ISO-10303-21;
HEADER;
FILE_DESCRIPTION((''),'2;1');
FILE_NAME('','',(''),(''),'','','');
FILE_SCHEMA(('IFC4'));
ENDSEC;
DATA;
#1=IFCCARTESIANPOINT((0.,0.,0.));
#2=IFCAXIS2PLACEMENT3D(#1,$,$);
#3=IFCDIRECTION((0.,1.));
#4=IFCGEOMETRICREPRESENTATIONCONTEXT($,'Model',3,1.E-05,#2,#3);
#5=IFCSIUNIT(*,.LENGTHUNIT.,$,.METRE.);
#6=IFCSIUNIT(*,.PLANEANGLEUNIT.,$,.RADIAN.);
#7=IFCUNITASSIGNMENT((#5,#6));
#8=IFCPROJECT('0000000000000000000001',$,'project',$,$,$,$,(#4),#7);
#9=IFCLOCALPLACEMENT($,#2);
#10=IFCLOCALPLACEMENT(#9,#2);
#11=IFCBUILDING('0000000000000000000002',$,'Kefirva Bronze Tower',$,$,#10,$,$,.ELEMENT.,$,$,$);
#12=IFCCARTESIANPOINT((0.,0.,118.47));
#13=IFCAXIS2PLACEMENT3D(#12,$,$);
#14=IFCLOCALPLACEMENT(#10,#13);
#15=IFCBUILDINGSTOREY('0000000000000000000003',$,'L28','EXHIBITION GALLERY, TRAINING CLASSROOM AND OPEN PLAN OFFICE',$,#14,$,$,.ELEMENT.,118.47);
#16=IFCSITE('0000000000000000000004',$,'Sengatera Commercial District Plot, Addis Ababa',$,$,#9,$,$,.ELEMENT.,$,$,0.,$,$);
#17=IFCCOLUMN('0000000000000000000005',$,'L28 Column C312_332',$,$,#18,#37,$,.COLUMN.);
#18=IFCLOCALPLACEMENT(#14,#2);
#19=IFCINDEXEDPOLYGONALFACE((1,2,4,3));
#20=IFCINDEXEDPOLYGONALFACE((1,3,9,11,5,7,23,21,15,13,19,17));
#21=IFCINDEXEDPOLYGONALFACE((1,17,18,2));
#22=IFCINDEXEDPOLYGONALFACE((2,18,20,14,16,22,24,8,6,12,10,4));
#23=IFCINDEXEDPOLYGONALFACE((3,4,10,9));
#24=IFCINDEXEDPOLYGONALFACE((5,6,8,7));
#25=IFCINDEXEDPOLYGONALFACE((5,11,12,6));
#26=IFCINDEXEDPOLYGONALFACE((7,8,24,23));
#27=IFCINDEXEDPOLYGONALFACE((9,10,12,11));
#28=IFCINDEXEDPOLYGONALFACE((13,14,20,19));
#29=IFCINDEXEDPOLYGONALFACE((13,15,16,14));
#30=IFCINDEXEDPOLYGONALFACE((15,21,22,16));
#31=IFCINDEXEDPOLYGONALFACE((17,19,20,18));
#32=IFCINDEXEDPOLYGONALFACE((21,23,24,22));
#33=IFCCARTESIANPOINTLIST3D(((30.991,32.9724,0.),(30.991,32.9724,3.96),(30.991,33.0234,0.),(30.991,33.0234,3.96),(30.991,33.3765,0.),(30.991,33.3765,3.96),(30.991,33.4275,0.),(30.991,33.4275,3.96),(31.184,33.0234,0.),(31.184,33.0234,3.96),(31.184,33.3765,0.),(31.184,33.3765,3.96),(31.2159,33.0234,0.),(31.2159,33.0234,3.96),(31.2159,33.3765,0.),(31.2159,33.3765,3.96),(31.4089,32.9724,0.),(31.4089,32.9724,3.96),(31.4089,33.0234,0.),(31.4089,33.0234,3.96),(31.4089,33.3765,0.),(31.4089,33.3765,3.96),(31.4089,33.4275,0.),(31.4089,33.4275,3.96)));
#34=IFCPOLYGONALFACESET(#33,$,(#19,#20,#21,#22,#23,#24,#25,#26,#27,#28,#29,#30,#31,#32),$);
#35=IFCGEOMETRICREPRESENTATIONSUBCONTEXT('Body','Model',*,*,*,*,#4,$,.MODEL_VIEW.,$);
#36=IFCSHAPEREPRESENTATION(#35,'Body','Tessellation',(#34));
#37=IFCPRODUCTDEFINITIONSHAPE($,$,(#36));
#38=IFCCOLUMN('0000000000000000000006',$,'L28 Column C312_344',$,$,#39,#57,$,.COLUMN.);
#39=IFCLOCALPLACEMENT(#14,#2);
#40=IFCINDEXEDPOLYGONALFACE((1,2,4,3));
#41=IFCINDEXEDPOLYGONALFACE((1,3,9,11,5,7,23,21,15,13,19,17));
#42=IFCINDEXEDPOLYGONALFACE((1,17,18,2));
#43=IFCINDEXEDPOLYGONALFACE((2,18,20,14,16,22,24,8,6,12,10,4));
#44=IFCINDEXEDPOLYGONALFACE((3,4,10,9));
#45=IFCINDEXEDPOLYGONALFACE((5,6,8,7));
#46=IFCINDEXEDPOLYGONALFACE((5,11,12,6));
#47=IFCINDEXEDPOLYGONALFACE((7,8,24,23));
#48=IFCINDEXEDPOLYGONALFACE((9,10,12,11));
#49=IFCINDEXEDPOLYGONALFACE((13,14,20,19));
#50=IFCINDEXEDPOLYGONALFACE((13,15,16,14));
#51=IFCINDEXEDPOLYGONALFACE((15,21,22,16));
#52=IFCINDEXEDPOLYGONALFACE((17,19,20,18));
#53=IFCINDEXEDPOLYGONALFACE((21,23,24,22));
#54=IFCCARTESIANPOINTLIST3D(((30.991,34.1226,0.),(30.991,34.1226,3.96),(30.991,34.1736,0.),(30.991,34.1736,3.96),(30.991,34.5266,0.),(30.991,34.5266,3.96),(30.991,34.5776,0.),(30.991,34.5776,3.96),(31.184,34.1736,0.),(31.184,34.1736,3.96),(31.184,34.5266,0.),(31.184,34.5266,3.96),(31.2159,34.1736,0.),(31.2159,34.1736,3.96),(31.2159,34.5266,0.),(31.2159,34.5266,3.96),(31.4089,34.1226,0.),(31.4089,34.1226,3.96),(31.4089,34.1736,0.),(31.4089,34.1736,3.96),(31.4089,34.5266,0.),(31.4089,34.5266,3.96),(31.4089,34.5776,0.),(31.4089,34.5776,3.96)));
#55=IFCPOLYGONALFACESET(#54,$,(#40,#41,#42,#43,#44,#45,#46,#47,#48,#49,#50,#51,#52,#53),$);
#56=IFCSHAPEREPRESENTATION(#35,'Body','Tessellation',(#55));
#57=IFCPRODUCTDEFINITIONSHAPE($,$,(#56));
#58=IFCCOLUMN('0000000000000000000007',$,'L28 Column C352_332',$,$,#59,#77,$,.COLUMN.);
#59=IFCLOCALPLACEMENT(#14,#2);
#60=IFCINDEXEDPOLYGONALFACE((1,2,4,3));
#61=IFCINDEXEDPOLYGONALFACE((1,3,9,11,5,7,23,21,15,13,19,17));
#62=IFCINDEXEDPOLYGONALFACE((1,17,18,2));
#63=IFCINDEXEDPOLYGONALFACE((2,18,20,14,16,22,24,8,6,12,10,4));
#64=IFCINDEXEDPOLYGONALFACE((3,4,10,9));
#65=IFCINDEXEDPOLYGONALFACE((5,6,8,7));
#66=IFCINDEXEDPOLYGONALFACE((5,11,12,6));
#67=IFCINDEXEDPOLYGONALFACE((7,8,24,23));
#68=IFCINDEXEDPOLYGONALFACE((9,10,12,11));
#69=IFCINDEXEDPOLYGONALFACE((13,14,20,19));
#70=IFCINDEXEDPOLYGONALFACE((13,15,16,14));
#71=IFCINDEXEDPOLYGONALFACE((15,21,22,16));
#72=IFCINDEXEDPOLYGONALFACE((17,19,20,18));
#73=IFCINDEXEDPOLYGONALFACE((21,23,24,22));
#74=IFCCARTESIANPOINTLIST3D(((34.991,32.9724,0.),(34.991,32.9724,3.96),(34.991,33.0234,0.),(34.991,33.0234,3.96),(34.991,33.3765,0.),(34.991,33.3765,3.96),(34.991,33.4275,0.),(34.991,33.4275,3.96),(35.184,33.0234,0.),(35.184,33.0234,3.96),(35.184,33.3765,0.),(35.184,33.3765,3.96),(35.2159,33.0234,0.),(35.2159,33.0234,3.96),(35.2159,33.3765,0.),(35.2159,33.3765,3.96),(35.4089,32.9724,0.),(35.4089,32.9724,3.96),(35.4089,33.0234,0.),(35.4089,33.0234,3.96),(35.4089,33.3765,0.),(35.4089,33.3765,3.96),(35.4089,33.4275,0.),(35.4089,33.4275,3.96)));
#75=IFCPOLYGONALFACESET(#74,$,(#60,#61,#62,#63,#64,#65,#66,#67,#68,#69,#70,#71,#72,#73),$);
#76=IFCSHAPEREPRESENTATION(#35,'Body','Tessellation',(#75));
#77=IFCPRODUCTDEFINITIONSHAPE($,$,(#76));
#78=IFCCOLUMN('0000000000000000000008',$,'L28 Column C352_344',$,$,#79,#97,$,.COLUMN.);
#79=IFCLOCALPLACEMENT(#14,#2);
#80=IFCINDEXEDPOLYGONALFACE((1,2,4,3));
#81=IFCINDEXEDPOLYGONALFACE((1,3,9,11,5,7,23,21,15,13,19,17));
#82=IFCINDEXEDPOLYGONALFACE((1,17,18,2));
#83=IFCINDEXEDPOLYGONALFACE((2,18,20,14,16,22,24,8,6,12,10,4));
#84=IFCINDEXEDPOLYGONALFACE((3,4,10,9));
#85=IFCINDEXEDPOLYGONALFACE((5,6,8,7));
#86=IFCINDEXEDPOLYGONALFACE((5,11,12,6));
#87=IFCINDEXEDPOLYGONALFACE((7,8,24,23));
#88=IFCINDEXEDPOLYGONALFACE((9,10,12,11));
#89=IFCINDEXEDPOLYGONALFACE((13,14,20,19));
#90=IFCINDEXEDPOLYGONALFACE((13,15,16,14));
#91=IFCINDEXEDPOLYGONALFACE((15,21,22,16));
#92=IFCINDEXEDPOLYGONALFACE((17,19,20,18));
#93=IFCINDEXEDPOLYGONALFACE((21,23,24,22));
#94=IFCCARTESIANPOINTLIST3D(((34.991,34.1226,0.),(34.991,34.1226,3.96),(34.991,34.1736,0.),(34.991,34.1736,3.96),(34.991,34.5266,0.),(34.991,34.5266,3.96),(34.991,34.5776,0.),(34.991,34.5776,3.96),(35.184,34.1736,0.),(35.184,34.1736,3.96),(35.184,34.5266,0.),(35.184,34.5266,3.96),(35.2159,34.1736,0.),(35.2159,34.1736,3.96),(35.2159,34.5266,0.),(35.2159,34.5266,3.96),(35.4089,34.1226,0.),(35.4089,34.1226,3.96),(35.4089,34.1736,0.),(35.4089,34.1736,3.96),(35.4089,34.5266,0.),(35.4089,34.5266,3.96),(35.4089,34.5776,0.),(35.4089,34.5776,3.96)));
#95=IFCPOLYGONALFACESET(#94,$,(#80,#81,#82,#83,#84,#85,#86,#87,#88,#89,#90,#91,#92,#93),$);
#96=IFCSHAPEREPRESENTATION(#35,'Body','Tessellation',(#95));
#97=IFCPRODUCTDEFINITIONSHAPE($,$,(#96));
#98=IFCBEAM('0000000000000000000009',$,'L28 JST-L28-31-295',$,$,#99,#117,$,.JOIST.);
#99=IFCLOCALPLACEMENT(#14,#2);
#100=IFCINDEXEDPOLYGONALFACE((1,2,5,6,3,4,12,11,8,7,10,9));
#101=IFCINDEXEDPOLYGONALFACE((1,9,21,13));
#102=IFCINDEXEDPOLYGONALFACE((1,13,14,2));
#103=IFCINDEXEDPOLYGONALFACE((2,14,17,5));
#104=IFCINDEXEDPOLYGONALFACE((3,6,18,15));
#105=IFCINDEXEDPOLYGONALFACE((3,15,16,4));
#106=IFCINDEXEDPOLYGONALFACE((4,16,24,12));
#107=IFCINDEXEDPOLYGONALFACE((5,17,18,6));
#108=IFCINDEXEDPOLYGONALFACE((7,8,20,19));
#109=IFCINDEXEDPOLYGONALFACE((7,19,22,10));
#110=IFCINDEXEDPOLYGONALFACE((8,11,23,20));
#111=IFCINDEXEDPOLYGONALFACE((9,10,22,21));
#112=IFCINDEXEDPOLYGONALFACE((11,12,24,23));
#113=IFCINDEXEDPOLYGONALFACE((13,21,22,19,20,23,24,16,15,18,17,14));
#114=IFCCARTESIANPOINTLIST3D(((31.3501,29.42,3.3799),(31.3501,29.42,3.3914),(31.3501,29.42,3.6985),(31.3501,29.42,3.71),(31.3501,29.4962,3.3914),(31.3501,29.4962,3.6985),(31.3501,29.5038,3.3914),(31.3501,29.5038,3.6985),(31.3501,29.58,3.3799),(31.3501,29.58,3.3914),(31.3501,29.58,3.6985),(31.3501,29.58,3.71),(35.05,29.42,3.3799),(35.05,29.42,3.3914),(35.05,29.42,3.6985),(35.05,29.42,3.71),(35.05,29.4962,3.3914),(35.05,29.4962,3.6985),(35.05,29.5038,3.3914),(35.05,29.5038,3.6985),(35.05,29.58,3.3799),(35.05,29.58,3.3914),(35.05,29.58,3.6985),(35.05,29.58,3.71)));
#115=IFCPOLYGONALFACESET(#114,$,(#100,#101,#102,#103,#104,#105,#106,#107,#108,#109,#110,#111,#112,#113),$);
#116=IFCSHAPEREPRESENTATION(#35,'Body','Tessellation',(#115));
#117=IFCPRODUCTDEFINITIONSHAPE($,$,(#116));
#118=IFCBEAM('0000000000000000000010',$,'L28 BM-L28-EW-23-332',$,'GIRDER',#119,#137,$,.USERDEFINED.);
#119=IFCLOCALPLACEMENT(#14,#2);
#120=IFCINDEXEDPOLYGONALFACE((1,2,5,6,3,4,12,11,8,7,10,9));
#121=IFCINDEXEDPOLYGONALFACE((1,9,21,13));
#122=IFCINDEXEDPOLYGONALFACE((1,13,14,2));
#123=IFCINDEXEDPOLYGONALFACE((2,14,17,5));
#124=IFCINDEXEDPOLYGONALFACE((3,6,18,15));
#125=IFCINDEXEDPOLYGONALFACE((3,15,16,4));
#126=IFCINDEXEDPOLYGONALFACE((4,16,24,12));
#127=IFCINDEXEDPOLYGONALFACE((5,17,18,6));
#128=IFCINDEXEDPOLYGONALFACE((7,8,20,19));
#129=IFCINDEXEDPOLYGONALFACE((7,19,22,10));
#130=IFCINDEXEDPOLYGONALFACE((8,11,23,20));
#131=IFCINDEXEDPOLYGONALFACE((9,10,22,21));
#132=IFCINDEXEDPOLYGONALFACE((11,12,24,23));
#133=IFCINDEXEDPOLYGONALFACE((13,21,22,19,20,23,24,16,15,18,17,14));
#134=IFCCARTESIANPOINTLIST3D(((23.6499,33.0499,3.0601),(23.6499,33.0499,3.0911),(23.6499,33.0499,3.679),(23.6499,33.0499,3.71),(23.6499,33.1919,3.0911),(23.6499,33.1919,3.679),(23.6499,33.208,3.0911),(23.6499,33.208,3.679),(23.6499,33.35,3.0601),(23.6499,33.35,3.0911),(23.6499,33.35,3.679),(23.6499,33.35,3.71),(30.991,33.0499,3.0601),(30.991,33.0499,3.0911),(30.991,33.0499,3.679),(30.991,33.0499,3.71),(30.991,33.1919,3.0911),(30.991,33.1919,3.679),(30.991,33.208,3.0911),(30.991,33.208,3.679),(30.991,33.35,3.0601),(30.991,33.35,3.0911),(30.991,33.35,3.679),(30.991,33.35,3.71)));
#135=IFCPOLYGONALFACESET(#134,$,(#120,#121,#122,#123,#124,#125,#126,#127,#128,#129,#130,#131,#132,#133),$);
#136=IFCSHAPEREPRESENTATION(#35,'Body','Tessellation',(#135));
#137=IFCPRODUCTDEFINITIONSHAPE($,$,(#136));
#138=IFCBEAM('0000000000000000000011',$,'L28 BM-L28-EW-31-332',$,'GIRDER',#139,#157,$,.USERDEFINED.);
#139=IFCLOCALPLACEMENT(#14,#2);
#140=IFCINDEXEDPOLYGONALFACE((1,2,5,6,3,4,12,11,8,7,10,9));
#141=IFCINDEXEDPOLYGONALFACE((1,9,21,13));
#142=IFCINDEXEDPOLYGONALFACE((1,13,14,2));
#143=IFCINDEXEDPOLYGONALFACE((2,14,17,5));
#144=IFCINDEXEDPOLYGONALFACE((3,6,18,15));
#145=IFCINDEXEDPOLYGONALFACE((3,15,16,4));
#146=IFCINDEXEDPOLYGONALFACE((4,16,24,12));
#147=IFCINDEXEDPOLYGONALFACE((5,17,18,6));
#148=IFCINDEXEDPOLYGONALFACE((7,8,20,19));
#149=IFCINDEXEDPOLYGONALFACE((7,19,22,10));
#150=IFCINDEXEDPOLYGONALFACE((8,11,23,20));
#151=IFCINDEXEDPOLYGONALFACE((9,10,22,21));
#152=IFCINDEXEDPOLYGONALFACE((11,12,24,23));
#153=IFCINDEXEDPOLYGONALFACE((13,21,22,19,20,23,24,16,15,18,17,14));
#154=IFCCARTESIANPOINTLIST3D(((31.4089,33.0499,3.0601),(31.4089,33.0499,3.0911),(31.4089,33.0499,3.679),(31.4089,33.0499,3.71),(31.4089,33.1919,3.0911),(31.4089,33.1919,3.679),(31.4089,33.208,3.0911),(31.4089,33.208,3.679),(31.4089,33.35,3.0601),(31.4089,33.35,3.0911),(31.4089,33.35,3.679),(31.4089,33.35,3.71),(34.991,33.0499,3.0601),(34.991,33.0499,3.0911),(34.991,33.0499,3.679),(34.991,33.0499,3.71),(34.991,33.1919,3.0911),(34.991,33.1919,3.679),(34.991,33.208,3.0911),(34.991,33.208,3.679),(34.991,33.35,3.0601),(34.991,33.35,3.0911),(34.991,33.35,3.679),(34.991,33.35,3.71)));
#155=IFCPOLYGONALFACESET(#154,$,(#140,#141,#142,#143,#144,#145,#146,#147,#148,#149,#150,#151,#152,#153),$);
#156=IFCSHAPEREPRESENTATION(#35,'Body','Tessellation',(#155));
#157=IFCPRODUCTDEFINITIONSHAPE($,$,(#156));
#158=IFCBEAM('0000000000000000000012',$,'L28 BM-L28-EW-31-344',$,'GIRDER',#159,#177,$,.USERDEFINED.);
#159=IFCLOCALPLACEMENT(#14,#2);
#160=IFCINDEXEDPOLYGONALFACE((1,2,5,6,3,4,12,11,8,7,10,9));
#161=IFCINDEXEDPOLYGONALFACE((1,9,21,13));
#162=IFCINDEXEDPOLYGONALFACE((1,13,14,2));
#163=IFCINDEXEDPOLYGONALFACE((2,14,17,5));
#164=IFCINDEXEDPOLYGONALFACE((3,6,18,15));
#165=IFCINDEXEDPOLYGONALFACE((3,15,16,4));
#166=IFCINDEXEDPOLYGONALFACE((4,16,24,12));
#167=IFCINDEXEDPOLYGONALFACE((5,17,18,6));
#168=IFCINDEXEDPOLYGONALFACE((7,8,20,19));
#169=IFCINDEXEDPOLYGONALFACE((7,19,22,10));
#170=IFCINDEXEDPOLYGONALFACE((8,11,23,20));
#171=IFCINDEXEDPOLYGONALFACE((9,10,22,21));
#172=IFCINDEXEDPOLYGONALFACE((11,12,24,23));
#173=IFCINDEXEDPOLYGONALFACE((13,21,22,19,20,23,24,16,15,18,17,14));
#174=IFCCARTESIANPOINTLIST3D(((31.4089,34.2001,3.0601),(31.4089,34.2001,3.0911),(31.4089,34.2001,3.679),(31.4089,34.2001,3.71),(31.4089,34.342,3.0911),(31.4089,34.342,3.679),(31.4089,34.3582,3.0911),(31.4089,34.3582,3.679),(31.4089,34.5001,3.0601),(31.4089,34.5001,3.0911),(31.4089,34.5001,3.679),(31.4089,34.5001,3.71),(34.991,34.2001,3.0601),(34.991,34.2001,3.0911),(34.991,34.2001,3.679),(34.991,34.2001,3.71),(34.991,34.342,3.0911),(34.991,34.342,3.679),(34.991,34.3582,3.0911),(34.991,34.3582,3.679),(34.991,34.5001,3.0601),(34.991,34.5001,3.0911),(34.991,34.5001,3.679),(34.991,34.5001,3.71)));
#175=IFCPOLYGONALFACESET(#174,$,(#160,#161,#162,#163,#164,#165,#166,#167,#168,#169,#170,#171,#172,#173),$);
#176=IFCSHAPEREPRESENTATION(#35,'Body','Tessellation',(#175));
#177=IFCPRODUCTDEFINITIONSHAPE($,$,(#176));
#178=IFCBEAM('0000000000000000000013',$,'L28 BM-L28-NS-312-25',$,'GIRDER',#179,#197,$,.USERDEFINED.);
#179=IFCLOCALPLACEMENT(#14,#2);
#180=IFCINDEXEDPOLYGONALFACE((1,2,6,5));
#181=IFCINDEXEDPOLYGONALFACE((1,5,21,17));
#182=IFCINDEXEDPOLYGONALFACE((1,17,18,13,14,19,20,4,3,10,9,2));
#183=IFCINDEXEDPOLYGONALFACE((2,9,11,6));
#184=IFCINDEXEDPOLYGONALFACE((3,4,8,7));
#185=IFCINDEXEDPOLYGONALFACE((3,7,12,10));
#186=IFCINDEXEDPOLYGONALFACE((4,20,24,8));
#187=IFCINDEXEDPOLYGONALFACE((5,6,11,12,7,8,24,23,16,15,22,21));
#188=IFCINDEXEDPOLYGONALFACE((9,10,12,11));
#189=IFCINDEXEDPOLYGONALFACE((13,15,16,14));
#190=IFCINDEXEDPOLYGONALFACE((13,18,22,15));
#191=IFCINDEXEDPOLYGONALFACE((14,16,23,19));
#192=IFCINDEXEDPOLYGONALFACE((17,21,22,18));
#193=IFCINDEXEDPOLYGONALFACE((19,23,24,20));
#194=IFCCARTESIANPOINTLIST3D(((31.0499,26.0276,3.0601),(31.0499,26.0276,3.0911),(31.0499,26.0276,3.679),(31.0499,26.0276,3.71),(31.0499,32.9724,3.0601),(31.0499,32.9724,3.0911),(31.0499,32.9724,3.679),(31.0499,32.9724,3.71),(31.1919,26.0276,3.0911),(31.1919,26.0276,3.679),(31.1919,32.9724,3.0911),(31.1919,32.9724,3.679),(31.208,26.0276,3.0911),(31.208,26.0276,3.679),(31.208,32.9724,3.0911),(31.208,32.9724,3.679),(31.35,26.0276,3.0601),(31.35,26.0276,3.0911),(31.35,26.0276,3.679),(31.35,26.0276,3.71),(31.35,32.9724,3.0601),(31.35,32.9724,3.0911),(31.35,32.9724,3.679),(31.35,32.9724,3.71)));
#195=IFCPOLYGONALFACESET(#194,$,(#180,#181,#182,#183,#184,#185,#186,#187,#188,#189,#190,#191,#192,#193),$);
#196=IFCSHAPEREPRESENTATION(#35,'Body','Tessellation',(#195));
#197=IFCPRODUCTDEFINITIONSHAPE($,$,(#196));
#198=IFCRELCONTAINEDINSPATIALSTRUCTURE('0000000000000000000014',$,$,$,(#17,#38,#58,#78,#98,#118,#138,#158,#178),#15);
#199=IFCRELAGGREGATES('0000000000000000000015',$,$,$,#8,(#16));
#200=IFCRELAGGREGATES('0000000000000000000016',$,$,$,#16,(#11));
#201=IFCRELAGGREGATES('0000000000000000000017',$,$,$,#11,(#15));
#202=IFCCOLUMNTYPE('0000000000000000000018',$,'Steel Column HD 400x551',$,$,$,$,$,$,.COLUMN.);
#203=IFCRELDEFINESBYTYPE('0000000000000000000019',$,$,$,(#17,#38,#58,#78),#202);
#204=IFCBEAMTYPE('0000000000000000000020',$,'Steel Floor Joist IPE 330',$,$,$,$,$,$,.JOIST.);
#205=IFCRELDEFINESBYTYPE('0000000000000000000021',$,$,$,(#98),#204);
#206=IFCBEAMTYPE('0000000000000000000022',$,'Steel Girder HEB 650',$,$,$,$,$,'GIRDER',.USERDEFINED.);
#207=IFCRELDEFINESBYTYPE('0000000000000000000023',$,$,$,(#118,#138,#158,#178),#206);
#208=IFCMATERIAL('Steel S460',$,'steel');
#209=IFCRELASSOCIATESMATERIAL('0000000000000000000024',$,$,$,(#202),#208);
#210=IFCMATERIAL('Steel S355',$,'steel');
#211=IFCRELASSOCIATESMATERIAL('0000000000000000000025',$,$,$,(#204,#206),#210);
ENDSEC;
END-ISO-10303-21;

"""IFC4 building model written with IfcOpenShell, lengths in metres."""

from ifc_helpers import new_model, si_unit, direction, frame, origin, origin_2d, place, context, subcontext, project, spatial, i_section, extrude, material, material_profile, profile_set, type_object, element, save


model = new_model("IFC4")

# Units and contexts
model_context = context("Model", 3, precision=1e-05, world=origin(), true_north=direction((0.0, 1.0)))
body_context = subcontext(model_context, "Body", "Model", "MODEL_VIEW")
ifc_project = project(units=[si_unit("LENGTHUNIT", "METRE"), si_unit("PLANEANGLEUNIT", "RADIAN")], contexts=[model_context])

# Site, building, storey
site_placement = place(None, origin())
site = spatial("IfcSite", under=ifc_project, at=site_placement, Name="Sengatera Commercial District Plot, Addis Ababa", CompositionType="ELEMENT", RefElevation=0.0)
building_placement = place(site_placement, origin())
building = spatial("IfcBuilding", under=site, at=building_placement, Name="Kefirva Bronze Tower", CompositionType="ELEMENT")
storey_placement = place(building_placement, frame((0.0, 0.0, 118.47)))
storey = spatial("IfcBuildingStorey", under=building, at=storey_placement, Name="L28", Description="EXHIBITION GALLERY, TRAINING CLASSROOM AND OPEN PLAN OFFICE", CompositionType="ELEMENT", Elevation=118.47)

# Columns
ifc_material_1 = material(Name="Steel S460", Category="steel")
ifc_material_profile_1 = material_profile(ifc_material_1, i_section(OverallWidth=0.418, OverallDepth=0.4551, WebThickness=0.032, FlangeThickness=0.051, at=origin_2d()), Name="HD 400x551")
ifc_profile_set_1 = profile_set([ifc_material_profile_1], Name="Steel S460")
column_type = type_object("IfcColumnType", Name="Steel Column HD 400x551", PredefinedType="COLUMN", material=ifc_profile_set_1)
for number, where, z_axis, x_axis, name in (
    (1, (31.2, 33.2, 0.0), (0.0, 0.0, 1.0), (1.0, 0.0, 0.0), "L28 Column C312_332"),
    (2, (31.2, 34.3501, 0.0), (0.0, 0.0, 1.0), (1.0, 0.0, 0.0), "L28 Column C312_344"),
    (3, (35.2, 33.2, 0.0), (0.0, 0.0, 1.0), (1.0, 0.0, 0.0), "L28 Column C352_332"),
    (4, (35.2, 34.3501, 0.0), (0.0, 0.0, 1.0), (1.0, 0.0, 0.0), "L28 Column C352_344"),
):
    element("IfcColumn", number, at=place(storey_placement, frame(where, z_axis=z_axis, x_axis=x_axis)), inside=storey, type_object=column_type, Name=name, PredefinedType="COLUMN", context=body_context, shape_type="SweptSolid", body=[
        extrude(i_section(OverallWidth=0.418, OverallDepth=0.4551, WebThickness=0.032, FlangeThickness=0.051, at=origin_2d()), origin(), (0.0, 0.0, 1.0), 3.96),
    ])

# Beams
ifc_material_2 = material(Name="Steel S355", Category="steel")
ifc_material_profile_2 = material_profile(ifc_material_2, i_section(OverallWidth=0.1599, OverallDepth=0.3301, WebThickness=0.0076, FlangeThickness=0.0115, at=origin_2d()), Name="IPE 330")
ifc_profile_set_2 = profile_set([ifc_material_profile_2], Name="Steel S355")
beam_type_1 = type_object("IfcBeamType", Name="Steel Floor Joist IPE 330", PredefinedType="JOIST", material=ifc_profile_set_2)
beam_1_placement = place(storey_placement, frame((31.3501, 29.5, 3.5449), z_axis=(1.0, 0.0, 0.0), x_axis=(0.0, 1.0, 0.0)))
element("IfcBeam", 5, at=beam_1_placement, inside=storey, type_object=beam_type_1, Name="L28 JST-L28-31-295", PredefinedType="JOIST", context=body_context, shape_type="SweptSolid", body=[
    extrude(i_section(OverallWidth=0.1599, OverallDepth=0.3301, WebThickness=0.0076, FlangeThickness=0.0115, at=origin_2d()), origin(), (0.0, 0.0, 1.0), 3.7),
])
ifc_material_profile_3 = material_profile(ifc_material_2, i_section(OverallWidth=0.3, OverallDepth=0.6499, WebThickness=0.0161, FlangeThickness=0.031, at=origin_2d()), Name="HEB 650")
ifc_profile_set_3 = profile_set([ifc_material_profile_3], Name="Steel S355")
beam_type_2 = type_object("IfcBeamType", Name="Steel Girder HEB 650", ElementType="GIRDER", PredefinedType="USERDEFINED", material=ifc_profile_set_3)
beam_2_placement = place(storey_placement, frame((23.6499, 33.2, 3.385), z_axis=(1.0, 0.0, 0.0), x_axis=(0.0, 1.0, 0.0)))
element("IfcBeam", 6, at=beam_2_placement, inside=storey, type_object=beam_type_2, Name="L28 BM-L28-EW-23-332", ObjectType="GIRDER", PredefinedType="USERDEFINED", context=body_context, shape_type="SweptSolid", body=[
    extrude(i_section(OverallWidth=0.3, OverallDepth=0.6499, WebThickness=0.0161, FlangeThickness=0.031, at=origin_2d()), origin(), (0.0, 0.0, 1.0), 7.3411),
])
for number, where, z_axis, x_axis, name in (
    (7, (31.4089, 33.2, 3.385), (1.0, 0.0, 0.0), (0.0, 1.0, 0.0), "L28 BM-L28-EW-31-332"),
    (8, (31.4089, 34.3501, 3.385), (1.0, 0.0, 0.0), (0.0, 1.0, 0.0), "L28 BM-L28-EW-31-344"),
):
    element("IfcBeam", number, at=place(storey_placement, frame(where, z_axis=z_axis, x_axis=x_axis)), inside=storey, type_object=beam_type_2, Name=name, ObjectType="GIRDER", PredefinedType="USERDEFINED", context=body_context, shape_type="SweptSolid", body=[
        extrude(i_section(OverallWidth=0.3, OverallDepth=0.6499, WebThickness=0.0161, FlangeThickness=0.031, at=origin_2d()), origin(), (0.0, 0.0, 1.0), 3.582),
    ])
beam_3_placement = place(storey_placement, frame((31.2, 26.0276, 3.385), z_axis=(0.0, 1.0, 0.0), x_axis=(-1.0, 0.0, 0.0)))
element("IfcBeam", 9, at=beam_3_placement, inside=storey, type_object=beam_type_2, Name="L28 BM-L28-NS-312-25", ObjectType="GIRDER", PredefinedType="USERDEFINED", context=body_context, shape_type="SweptSolid", body=[
    extrude(i_section(OverallWidth=0.3, OverallDepth=0.6499, WebThickness=0.0161, FlangeThickness=0.031, at=origin_2d()), origin(), (0.0, 0.0, 1.0), 6.9448),
])

save(model, "model.ifc")
